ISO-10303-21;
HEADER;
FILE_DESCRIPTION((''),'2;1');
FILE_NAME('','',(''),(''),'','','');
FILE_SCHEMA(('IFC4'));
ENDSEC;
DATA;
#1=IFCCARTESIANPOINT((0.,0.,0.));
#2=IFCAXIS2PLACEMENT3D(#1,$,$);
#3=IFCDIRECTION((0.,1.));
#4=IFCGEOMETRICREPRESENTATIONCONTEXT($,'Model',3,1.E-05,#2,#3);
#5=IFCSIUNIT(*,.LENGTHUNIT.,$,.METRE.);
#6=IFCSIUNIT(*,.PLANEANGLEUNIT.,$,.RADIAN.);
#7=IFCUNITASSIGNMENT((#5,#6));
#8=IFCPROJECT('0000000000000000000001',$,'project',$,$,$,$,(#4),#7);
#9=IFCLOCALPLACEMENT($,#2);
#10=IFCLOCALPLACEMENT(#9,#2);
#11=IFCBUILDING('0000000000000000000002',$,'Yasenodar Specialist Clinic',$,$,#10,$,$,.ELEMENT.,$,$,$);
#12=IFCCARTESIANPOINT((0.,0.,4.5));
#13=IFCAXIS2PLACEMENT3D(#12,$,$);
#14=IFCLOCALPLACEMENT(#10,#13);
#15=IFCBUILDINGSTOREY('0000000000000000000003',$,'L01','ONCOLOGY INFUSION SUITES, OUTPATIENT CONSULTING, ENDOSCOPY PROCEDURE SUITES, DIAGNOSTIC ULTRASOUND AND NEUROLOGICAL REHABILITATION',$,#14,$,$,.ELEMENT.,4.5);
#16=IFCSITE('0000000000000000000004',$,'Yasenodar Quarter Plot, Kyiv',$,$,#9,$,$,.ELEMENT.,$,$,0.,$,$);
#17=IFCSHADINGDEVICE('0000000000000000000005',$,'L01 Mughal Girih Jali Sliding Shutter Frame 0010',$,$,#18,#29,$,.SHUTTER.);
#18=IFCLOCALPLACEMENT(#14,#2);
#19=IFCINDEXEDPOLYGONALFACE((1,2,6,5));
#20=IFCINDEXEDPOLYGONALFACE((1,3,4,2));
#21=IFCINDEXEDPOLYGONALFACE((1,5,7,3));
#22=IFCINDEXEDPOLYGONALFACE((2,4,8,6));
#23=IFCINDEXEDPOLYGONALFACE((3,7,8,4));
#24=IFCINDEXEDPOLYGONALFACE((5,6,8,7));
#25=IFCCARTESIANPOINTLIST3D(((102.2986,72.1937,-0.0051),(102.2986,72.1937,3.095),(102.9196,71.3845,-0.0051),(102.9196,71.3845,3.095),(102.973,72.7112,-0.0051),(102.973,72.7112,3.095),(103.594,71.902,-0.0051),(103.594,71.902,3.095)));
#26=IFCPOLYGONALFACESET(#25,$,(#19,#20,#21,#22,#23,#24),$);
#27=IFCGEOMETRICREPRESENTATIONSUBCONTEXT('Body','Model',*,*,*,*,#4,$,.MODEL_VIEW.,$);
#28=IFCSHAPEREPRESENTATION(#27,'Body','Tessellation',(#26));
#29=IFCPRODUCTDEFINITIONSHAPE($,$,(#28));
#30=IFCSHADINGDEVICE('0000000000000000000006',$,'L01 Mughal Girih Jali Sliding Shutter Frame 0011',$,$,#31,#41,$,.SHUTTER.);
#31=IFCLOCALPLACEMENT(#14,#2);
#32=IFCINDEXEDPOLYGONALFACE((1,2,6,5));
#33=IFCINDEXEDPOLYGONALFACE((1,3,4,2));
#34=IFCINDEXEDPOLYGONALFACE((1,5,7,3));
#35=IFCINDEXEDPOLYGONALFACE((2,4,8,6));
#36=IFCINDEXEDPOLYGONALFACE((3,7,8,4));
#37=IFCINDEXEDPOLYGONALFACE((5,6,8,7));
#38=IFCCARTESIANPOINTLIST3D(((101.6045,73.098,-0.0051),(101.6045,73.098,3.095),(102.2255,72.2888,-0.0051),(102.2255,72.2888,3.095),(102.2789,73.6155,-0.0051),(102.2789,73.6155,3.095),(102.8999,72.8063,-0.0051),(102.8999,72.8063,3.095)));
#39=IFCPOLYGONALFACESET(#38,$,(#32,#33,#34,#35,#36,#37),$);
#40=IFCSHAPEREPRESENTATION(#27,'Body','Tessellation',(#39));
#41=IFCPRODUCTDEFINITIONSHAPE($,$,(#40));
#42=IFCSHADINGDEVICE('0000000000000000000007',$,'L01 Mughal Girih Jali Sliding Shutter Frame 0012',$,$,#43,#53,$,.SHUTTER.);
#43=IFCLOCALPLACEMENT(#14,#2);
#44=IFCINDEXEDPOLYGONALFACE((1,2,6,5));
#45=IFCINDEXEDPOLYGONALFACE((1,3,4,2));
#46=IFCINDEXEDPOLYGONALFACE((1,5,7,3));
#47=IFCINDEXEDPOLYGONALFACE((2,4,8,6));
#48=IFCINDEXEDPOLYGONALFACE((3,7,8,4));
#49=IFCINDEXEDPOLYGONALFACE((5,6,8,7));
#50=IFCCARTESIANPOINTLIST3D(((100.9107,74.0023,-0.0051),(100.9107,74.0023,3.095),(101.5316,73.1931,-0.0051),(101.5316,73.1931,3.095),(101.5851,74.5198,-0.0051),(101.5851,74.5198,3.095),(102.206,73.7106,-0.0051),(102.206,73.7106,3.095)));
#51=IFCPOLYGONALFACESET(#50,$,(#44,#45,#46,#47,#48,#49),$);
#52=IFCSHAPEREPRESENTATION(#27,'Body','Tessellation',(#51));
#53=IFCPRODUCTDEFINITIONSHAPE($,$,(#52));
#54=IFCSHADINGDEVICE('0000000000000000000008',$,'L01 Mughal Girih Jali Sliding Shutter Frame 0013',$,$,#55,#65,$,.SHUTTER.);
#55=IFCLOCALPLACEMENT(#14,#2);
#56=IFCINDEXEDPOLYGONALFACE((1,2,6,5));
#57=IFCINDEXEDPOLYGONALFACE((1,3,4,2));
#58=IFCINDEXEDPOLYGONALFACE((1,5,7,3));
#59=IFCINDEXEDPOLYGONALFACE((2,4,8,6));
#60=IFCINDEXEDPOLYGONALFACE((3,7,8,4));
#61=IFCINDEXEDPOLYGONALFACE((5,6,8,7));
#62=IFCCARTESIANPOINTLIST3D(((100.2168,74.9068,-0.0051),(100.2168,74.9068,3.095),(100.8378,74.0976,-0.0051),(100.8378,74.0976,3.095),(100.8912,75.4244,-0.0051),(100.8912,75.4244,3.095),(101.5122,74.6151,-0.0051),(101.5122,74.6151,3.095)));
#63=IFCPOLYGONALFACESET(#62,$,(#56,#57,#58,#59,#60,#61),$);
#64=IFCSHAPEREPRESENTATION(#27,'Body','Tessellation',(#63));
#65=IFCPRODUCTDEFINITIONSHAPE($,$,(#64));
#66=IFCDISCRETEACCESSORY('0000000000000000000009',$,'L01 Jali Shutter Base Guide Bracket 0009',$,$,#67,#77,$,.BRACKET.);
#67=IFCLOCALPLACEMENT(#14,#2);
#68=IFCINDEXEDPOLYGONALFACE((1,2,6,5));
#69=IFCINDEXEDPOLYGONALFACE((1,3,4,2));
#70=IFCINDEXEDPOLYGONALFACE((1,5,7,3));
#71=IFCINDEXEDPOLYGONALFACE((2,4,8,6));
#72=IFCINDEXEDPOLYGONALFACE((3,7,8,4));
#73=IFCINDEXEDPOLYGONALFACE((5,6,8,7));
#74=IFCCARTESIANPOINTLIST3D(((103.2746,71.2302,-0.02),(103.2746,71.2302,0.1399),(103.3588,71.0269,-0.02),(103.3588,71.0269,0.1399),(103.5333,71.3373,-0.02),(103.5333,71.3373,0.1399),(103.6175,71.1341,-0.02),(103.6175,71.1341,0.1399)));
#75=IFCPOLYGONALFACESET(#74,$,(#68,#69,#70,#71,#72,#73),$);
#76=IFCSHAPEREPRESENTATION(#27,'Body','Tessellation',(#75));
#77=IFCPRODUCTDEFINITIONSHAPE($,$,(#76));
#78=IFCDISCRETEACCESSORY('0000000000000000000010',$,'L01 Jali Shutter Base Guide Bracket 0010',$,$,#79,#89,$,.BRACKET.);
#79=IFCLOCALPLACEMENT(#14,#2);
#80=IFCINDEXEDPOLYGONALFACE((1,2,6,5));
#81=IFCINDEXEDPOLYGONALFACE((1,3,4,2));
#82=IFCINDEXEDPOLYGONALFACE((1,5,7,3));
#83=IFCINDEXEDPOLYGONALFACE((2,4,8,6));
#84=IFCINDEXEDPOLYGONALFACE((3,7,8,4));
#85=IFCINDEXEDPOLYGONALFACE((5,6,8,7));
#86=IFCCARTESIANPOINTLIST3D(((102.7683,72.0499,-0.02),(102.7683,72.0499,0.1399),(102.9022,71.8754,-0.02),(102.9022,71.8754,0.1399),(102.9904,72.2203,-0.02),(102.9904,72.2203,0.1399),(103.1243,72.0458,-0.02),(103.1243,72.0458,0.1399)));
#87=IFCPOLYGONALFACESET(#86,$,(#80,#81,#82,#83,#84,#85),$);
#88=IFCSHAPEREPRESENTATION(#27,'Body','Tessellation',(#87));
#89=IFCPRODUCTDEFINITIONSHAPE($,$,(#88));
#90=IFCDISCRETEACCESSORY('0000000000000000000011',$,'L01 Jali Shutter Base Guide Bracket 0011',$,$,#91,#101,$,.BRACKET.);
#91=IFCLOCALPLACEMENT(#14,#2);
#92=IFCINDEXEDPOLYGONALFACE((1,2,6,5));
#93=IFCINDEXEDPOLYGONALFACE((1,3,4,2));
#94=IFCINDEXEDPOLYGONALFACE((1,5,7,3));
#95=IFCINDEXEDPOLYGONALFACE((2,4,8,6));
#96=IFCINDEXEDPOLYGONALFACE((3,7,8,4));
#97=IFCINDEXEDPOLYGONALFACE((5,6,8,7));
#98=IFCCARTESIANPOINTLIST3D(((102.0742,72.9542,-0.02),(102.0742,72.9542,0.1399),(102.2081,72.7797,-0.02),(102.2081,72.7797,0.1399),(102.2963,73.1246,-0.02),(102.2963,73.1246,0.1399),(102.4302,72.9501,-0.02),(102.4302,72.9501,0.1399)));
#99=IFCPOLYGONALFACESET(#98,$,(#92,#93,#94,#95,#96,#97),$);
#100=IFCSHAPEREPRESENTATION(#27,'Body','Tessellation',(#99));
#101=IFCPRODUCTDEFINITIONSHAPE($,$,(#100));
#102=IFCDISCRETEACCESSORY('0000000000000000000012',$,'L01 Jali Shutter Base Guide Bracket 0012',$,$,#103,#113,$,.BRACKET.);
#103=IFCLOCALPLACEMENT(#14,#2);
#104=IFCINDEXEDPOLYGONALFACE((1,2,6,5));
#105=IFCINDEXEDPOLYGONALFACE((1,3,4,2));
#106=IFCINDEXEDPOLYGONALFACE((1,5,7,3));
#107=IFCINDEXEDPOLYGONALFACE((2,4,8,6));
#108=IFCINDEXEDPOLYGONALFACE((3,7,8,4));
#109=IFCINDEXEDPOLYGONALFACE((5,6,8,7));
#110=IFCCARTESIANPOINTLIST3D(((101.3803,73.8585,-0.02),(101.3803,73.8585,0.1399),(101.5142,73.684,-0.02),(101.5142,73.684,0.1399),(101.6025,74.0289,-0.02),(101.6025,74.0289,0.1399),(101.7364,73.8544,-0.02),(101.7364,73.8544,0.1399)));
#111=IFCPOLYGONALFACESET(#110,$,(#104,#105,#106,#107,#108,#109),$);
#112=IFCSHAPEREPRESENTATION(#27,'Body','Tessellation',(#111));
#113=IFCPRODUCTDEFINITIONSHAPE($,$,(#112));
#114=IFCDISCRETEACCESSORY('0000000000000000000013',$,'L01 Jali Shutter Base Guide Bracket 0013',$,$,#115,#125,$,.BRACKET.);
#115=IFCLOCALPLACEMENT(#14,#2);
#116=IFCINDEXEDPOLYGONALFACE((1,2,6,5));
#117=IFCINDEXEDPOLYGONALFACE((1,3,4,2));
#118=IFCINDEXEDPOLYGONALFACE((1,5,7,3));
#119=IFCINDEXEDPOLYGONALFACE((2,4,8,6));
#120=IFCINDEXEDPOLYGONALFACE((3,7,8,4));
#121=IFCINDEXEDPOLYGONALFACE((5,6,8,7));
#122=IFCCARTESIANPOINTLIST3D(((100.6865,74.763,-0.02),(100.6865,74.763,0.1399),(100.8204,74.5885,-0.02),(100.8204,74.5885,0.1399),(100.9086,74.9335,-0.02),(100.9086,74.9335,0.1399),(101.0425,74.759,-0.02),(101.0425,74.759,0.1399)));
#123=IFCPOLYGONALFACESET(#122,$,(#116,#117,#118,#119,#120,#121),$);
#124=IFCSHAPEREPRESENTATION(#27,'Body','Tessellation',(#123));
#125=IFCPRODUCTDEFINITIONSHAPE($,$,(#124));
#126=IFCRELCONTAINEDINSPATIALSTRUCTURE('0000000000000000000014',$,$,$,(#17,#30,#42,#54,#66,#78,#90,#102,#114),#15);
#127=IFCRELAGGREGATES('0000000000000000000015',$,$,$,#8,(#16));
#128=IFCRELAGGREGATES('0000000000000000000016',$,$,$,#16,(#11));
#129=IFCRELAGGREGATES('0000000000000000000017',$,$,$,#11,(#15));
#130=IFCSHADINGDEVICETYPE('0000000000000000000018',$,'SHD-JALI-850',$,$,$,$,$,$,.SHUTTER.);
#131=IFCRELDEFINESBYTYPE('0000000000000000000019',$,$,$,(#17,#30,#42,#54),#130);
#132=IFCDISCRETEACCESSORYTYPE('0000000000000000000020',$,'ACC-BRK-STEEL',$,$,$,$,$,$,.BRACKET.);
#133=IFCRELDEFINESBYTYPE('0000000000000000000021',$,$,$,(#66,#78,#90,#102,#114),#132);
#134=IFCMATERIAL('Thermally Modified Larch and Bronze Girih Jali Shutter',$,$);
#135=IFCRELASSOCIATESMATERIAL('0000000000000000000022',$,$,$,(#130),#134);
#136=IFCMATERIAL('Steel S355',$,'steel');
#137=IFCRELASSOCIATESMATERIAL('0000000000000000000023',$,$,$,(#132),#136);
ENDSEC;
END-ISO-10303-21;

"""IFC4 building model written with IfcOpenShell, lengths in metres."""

from ifc_helpers import new_model, si_unit, direction, frame, origin, origin_2d, place, context, subcontext, project, spatial, rectangle, extrude, material, type_object, element, save


model = new_model("IFC4")

# Units and contexts
model_context = context("Model", 3, precision=1e-05, world=origin(), true_north=direction((0.0, 1.0)))
body_context = subcontext(model_context, "Body", "Model", "MODEL_VIEW")
ifc_project = project(units=[si_unit("LENGTHUNIT", "METRE"), si_unit("PLANEANGLEUNIT", "RADIAN")], contexts=[model_context])

# Site, building, storey
site_placement = place(None, origin())
site = spatial("IfcSite", under=ifc_project, at=site_placement, Name="Yasenodar Quarter Plot, Kyiv", CompositionType="ELEMENT", RefElevation=0.0)
building_placement = place(site_placement, origin())
building = spatial("IfcBuilding", under=site, at=building_placement, Name="Yasenodar Specialist Clinic", CompositionType="ELEMENT")
storey_placement = place(building_placement, frame((0.0, 0.0, 4.5)))
storey = spatial("IfcBuildingStorey", under=building, at=storey_placement, Name="L01", Description="ONCOLOGY INFUSION SUITES, OUTPATIENT CONSULTING, ENDOSCOPY PROCEDURE SUITES, DIAGNOSTIC ULTRASOUND AND NEUROLOGICAL REHABILITATION", CompositionType="ELEMENT", Elevation=4.5)

# Shading devices
ifc_material_1 = material(Name="Thermally Modified Larch and Bronze Girih Jali Shutter")
shading_device_type = type_object("IfcShadingDeviceType", Name="SHD-JALI-850", PredefinedType="SHUTTER", material=ifc_material_1)
for number, where, z_axis, x_axis, name in (
    (1, (102.9463, 72.0479, -0.0051), (0.0, 0.0, 1.0), (-0.608764, 0.793351, 0.0), "L01 Mughal Girih Jali Sliding Shutter Frame 0010"),
    (2, (102.2522, 72.9521, -0.0051), (0.0, 0.0, 1.0), (-0.608764, 0.793351, 0.0), "L01 Mughal Girih Jali Sliding Shutter Frame 0011"),
    (3, (101.5583, 73.8564, -0.0051), (0.0, 0.0, 1.0), (-0.608764, 0.793351, 0.0), "L01 Mughal Girih Jali Sliding Shutter Frame 0012"),
    (4, (100.8645, 74.761, -0.0051), (0.0, 0.0, 1.0), (-0.608764, 0.793351, 0.0), "L01 Mughal Girih Jali Sliding Shutter Frame 0013"),
):
    element("IfcShadingDevice", number, at=place(storey_placement, frame(where, z_axis=z_axis, x_axis=x_axis)), inside=storey, type_object=shading_device_type, Name=name, PredefinedType="SHUTTER", context=body_context, shape_type="SweptSolid", body=[
        extrude(rectangle(XDim=1.02, YDim=0.8501, at=origin_2d()), origin(), (0.0, 0.0, 1.0), 3.1001),
    ])

# Discrete accessories
ifc_material_2 = material(Name="Steel S355", Category="steel")
discrete_accessory_type = type_object("IfcDiscreteAccessoryType", Name="ACC-BRK-STEEL", PredefinedType="BRACKET", material=ifc_material_2)
for number, where, z_axis, x_axis, name in (
    (5, (103.446, 71.1821, -0.02), (0.0, 0.0, 1.0), (-0.382687, 0.923878, 0.0), "L01 Jali Shutter Base Guide Bracket 0009"),
    (6, (102.9463, 72.0479, -0.02), (0.0, 0.0, 1.0), (-0.608764, 0.793351, 0.0), "L01 Jali Shutter Base Guide Bracket 0010"),
    (7, (102.2522, 72.9521, -0.02), (0.0, 0.0, 1.0), (-0.608764, 0.793351, 0.0), "L01 Jali Shutter Base Guide Bracket 0011"),
    (8, (101.5583, 73.8564, -0.02), (0.0, 0.0, 1.0), (-0.608764, 0.793351, 0.0), "L01 Jali Shutter Base Guide Bracket 0012"),
    (9, (100.8645, 74.761, -0.02), (0.0, 0.0, 1.0), (-0.608764, 0.793351, 0.0), "L01 Jali Shutter Base Guide Bracket 0013"),
):
    element("IfcDiscreteAccessory", number, at=place(storey_placement, frame(where, z_axis=z_axis, x_axis=x_axis)), inside=storey, type_object=discrete_accessory_type, Name=name, PredefinedType="BRACKET", context=body_context, shape_type="SweptSolid", body=[
        extrude(rectangle(XDim=0.22, YDim=0.28, at=origin_2d()), origin(), (0.0, 0.0, 1.0), 0.1599),
    ])

save(model, "model.ifc")
